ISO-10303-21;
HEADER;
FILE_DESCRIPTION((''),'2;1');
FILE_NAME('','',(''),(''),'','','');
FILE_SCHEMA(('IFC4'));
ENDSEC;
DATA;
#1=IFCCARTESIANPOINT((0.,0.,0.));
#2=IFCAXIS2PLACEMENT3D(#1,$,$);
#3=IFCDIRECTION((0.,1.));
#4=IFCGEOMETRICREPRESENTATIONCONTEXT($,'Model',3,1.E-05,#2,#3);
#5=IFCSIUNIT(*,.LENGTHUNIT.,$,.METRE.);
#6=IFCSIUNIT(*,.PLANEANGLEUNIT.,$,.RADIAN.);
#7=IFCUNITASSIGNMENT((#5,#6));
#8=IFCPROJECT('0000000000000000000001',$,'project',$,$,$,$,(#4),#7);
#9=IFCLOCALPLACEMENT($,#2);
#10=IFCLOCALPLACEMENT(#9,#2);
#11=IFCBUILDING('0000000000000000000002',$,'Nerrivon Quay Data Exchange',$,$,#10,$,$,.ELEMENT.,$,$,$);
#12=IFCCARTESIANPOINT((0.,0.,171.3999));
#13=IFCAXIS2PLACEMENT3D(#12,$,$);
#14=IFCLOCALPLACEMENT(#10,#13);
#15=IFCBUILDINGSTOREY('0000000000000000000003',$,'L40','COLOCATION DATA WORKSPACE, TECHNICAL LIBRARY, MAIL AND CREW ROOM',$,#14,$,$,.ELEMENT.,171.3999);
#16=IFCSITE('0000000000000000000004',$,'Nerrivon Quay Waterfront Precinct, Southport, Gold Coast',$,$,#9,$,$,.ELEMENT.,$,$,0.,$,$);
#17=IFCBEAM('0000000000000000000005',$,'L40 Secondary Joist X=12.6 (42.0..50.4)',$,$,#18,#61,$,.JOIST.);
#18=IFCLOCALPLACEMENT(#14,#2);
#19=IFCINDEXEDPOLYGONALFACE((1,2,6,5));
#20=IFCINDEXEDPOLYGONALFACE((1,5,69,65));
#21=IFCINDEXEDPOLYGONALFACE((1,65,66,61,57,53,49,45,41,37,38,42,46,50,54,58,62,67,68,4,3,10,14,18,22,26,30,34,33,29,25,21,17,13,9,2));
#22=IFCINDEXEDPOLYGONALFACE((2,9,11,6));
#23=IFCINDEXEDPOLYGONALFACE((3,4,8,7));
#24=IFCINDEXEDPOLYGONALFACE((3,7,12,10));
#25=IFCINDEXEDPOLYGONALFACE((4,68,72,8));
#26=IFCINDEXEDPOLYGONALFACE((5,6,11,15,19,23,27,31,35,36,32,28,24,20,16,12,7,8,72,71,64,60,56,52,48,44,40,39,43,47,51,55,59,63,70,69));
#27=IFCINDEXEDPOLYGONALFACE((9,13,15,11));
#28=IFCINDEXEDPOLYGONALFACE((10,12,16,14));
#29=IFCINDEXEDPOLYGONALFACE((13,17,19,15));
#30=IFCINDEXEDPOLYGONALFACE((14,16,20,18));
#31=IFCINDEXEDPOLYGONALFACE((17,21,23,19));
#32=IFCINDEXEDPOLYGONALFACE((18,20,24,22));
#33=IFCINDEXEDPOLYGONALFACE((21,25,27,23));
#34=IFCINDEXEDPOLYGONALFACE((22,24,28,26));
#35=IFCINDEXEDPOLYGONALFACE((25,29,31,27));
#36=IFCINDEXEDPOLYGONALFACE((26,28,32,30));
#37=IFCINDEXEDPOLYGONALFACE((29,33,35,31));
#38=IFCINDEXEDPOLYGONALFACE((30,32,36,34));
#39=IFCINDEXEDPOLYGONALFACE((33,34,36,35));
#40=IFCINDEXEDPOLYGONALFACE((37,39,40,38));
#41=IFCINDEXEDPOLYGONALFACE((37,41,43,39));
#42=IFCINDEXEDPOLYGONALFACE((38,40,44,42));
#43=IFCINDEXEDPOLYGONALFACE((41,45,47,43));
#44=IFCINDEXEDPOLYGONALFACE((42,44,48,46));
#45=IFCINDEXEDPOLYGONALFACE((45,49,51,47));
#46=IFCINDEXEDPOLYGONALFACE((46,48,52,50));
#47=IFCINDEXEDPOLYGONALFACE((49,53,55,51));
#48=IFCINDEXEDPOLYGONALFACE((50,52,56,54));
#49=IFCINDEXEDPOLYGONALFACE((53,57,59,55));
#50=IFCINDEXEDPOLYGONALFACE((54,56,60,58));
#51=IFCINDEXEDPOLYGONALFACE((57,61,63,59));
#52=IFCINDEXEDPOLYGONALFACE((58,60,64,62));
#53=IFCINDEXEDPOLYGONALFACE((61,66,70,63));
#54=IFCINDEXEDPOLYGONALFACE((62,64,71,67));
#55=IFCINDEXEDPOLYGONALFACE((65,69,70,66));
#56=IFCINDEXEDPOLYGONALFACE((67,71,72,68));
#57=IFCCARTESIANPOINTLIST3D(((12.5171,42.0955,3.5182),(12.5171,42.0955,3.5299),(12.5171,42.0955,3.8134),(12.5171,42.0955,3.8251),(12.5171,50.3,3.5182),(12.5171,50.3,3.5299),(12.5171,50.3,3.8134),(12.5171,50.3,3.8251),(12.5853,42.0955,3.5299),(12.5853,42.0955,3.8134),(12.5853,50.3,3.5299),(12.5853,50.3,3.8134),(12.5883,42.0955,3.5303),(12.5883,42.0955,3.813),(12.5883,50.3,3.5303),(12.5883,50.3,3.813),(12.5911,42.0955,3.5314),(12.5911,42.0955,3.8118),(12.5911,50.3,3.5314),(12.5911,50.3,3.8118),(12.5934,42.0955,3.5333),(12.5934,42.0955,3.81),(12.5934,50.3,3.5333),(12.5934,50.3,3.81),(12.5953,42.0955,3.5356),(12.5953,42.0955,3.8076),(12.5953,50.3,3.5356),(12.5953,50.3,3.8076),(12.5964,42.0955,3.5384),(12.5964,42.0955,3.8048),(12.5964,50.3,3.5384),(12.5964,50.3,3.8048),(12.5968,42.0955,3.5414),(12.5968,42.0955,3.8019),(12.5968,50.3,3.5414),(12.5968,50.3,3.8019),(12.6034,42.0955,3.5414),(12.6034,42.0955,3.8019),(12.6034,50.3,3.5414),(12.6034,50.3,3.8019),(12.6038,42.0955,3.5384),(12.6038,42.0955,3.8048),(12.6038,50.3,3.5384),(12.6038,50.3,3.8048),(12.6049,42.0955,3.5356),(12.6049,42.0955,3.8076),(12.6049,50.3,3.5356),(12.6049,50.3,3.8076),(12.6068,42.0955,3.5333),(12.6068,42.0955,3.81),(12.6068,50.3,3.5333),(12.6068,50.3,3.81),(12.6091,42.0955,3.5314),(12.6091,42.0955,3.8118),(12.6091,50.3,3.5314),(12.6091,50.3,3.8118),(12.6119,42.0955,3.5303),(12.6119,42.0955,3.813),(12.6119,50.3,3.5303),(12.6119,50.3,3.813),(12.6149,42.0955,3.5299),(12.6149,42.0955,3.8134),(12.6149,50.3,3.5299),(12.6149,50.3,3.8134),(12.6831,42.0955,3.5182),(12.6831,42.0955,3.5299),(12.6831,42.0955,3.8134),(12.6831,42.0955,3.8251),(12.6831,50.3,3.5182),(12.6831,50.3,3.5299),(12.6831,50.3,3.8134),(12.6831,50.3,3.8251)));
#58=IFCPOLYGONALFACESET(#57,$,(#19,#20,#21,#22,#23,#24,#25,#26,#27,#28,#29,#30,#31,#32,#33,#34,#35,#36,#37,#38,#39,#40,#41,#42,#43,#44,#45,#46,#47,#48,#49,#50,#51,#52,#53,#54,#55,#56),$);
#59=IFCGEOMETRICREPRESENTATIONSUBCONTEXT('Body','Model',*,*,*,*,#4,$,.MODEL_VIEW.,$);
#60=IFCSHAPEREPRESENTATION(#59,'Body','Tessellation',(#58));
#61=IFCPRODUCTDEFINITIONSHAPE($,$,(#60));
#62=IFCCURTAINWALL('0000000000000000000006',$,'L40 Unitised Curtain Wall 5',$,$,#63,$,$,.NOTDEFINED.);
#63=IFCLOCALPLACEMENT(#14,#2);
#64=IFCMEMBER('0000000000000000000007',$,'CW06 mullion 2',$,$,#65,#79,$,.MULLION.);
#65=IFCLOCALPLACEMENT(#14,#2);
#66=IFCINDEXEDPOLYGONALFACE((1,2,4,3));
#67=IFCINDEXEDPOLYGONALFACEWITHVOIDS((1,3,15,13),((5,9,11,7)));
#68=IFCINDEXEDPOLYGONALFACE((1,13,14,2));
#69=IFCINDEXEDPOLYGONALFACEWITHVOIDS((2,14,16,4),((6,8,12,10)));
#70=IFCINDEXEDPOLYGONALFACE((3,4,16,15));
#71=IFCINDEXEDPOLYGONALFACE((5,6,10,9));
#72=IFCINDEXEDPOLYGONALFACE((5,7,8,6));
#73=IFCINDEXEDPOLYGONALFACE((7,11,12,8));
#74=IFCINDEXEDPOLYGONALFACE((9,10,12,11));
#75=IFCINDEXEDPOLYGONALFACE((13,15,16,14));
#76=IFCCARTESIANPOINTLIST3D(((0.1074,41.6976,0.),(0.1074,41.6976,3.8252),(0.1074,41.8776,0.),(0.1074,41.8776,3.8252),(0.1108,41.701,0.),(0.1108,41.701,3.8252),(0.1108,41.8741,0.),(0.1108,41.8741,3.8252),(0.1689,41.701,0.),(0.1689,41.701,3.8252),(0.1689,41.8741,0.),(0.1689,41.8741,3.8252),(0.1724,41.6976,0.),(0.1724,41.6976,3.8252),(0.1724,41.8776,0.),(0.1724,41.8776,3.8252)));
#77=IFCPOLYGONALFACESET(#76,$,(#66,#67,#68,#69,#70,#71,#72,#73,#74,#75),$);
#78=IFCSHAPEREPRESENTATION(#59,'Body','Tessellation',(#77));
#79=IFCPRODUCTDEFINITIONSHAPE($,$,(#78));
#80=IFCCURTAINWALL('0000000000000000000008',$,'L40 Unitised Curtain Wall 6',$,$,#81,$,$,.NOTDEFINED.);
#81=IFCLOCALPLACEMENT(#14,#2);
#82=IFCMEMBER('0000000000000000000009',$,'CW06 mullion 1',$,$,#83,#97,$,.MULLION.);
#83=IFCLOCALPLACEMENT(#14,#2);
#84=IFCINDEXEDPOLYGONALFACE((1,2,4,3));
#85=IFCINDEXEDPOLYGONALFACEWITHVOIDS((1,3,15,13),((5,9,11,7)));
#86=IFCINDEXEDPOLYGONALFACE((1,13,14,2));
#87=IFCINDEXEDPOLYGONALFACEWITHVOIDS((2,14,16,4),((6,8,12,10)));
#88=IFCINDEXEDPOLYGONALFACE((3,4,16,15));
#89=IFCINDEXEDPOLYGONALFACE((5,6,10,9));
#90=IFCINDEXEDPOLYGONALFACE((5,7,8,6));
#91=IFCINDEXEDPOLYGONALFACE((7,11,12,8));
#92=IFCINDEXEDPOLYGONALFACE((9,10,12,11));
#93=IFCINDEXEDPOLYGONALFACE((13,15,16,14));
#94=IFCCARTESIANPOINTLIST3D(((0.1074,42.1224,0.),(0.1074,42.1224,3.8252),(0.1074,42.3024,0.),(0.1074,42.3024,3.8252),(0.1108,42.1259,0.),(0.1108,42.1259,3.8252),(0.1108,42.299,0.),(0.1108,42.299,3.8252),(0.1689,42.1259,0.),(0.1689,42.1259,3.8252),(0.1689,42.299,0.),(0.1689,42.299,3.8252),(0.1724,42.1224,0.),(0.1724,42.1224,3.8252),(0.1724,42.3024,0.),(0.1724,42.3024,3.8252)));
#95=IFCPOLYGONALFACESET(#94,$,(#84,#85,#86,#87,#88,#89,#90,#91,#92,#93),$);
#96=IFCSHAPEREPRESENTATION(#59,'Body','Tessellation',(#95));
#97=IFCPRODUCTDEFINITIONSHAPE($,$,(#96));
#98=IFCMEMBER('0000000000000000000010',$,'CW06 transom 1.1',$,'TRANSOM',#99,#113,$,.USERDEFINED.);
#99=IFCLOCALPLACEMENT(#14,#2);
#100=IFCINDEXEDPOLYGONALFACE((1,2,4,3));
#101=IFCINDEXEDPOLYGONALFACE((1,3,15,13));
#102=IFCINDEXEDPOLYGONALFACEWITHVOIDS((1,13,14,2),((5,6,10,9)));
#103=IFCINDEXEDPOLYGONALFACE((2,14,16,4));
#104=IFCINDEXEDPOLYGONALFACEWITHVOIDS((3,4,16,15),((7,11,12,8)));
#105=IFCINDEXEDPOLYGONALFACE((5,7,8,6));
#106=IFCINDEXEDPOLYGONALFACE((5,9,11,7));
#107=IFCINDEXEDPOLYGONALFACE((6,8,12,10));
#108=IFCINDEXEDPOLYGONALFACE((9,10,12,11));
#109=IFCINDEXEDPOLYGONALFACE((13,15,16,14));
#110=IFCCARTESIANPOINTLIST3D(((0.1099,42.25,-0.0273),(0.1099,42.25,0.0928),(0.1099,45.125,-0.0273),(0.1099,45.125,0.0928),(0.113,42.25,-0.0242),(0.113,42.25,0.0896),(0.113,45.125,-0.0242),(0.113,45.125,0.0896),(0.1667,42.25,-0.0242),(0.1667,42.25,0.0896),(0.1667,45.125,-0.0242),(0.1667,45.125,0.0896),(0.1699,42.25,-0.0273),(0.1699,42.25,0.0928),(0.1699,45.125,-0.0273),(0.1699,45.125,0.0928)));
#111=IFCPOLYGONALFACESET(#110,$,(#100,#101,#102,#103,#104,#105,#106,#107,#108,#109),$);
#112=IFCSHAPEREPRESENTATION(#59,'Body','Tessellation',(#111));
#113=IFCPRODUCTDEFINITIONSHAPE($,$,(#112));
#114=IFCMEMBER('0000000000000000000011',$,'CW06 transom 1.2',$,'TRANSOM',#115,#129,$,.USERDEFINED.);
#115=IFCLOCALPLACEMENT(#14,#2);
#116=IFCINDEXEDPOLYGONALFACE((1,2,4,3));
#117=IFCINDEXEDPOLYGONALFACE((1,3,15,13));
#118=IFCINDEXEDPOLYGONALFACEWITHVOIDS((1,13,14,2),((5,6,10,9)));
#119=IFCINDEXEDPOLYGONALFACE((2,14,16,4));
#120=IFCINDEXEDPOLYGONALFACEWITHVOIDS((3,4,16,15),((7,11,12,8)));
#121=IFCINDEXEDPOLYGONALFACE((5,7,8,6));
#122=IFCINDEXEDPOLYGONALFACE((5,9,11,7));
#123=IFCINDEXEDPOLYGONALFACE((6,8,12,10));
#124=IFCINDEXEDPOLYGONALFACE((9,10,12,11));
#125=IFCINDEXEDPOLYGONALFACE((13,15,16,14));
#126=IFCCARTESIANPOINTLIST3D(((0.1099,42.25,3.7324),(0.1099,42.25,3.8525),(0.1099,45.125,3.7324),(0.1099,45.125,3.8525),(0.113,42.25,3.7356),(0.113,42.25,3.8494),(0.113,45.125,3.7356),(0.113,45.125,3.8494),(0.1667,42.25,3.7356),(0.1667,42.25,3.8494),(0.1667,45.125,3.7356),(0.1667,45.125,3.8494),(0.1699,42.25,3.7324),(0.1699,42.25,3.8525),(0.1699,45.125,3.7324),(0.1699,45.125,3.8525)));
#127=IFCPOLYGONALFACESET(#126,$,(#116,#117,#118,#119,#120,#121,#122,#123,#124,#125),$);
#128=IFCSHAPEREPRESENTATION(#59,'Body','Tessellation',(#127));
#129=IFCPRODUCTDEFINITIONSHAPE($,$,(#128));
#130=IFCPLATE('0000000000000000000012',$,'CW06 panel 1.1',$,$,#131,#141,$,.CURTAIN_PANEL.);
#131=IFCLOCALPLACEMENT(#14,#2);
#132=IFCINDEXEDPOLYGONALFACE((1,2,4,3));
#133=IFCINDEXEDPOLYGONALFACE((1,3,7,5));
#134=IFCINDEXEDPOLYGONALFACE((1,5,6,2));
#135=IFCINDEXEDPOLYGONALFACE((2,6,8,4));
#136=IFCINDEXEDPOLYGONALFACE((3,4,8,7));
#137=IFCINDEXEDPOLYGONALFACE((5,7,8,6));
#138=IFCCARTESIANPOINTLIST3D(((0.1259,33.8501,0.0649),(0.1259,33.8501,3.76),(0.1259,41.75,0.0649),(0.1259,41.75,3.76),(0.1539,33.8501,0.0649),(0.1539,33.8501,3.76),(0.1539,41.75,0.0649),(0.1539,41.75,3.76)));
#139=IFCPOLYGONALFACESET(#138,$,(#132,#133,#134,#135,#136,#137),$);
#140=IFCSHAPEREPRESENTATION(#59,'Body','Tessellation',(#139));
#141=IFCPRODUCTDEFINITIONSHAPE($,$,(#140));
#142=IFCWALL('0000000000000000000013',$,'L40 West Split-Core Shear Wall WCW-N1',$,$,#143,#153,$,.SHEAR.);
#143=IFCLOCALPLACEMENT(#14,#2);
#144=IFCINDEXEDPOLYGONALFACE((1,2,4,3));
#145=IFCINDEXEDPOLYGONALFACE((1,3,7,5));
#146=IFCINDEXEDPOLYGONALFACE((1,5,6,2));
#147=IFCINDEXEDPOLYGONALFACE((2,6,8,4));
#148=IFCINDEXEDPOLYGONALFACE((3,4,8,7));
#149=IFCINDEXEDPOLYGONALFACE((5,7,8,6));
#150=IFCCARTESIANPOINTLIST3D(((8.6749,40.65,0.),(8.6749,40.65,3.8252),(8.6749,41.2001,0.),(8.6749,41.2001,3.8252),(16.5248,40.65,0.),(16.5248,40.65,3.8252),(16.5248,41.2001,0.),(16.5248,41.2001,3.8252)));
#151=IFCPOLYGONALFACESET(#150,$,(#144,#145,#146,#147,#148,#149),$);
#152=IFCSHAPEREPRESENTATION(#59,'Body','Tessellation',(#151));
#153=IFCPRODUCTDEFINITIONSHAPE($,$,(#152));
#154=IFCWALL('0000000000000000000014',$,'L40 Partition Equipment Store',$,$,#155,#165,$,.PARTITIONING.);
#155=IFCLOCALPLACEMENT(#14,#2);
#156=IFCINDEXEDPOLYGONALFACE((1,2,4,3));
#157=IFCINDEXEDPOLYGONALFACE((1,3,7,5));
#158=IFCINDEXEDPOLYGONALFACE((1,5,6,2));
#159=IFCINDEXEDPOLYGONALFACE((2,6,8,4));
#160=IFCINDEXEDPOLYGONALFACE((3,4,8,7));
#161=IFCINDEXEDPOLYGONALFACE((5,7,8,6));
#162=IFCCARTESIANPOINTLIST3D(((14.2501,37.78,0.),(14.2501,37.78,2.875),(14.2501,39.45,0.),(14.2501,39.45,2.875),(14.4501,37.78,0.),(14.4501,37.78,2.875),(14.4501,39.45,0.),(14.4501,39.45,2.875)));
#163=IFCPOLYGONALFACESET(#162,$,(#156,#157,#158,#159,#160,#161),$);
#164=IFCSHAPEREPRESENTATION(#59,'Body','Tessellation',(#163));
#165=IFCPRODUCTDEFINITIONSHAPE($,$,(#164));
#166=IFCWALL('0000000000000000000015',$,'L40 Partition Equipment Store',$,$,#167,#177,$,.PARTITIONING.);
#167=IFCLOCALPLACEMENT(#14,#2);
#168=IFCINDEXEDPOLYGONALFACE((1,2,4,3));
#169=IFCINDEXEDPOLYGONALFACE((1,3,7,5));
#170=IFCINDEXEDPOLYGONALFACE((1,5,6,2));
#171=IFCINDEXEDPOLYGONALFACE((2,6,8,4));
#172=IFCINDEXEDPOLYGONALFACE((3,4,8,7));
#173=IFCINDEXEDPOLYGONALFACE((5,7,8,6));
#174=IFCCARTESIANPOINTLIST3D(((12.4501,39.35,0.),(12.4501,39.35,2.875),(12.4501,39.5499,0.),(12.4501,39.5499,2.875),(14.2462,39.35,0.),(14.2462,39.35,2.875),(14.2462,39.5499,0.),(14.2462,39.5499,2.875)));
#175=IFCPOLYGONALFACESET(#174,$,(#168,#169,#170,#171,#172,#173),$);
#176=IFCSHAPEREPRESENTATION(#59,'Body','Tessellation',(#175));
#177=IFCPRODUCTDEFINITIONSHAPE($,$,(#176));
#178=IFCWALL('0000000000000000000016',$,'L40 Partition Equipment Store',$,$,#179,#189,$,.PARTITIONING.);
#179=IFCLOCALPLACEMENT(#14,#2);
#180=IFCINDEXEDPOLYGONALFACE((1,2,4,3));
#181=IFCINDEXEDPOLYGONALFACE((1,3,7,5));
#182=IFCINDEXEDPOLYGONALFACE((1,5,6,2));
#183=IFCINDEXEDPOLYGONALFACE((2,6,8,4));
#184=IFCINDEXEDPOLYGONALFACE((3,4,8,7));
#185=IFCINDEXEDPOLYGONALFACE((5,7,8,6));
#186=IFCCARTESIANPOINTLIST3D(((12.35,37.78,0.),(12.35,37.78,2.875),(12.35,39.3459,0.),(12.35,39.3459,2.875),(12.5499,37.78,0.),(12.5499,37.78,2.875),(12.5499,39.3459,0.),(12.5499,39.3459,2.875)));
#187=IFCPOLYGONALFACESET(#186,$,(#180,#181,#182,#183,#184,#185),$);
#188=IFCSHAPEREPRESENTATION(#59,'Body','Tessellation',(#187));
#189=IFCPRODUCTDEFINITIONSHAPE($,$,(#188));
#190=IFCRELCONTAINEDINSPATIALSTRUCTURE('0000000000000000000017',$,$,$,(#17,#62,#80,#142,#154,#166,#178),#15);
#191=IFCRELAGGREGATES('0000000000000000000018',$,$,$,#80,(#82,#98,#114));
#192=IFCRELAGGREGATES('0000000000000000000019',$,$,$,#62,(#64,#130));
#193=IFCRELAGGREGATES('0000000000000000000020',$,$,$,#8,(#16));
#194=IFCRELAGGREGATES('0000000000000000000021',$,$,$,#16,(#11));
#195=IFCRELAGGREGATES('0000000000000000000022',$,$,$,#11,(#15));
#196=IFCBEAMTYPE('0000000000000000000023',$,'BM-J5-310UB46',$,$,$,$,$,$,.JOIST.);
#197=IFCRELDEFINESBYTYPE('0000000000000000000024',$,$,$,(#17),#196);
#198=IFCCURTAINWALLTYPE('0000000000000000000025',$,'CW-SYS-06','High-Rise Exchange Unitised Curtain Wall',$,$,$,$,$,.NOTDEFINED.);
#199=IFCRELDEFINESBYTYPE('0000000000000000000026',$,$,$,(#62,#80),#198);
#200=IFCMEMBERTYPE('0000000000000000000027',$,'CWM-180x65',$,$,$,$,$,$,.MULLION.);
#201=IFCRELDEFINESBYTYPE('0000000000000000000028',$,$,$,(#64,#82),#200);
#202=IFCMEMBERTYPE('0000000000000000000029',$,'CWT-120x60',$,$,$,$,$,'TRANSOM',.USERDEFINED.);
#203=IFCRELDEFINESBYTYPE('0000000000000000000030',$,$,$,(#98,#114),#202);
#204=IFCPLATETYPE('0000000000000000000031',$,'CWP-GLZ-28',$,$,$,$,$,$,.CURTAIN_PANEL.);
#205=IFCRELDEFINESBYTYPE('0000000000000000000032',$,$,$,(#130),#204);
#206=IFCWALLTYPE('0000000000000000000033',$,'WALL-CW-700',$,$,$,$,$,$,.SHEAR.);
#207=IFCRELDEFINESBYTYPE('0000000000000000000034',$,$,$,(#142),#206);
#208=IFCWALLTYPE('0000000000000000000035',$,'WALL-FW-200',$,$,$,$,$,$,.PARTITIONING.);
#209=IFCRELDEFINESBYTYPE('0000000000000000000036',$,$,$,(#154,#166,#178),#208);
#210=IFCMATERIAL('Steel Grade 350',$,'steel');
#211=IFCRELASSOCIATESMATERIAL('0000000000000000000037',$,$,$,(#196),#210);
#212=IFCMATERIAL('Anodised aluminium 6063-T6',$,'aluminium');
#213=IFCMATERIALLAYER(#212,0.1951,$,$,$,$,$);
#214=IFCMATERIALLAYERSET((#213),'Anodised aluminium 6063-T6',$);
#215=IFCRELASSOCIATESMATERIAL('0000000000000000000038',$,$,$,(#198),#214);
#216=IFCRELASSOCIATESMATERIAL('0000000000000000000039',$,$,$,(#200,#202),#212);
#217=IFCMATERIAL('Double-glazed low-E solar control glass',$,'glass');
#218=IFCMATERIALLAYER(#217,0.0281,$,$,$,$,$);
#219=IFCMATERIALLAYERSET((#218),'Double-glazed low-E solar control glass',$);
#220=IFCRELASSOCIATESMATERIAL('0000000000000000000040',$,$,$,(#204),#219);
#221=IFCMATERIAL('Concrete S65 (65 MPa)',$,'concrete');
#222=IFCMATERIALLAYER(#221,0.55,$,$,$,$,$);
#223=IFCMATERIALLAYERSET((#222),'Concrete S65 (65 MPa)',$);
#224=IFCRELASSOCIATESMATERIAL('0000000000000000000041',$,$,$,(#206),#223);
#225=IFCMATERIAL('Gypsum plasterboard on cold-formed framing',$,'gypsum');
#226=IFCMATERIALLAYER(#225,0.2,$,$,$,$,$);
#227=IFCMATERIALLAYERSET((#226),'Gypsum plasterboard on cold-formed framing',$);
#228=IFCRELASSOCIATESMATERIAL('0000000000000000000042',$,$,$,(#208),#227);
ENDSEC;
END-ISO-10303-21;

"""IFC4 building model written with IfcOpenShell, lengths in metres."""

from ifc_helpers import new_model, si_unit, direction, frame, frame_2d, origin, origin_2d, place, context, subcontext, project, spatial, rectangle, hollow_rectangle, i_section, extrude, material, layer, layer_set, material_profile, profile_set, type_object, element, aggregate, save


model = new_model("IFC4")

# Units and contexts
model_context = context("Model", 3, precision=1e-05, world=origin(), true_north=direction((0.0, 1.0)))
body_context = subcontext(model_context, "Body", "Model", "MODEL_VIEW")
ifc_project = project(units=[si_unit("LENGTHUNIT", "METRE"), si_unit("PLANEANGLEUNIT", "RADIAN")], contexts=[model_context])

# Site, building, storey
site_placement = place(None, origin())
site = spatial("IfcSite", under=ifc_project, at=site_placement, Name="Nerrivon Quay Waterfront Precinct, Southport, Gold Coast", CompositionType="ELEMENT", RefElevation=0.0)
building_placement = place(site_placement, origin())
building = spatial("IfcBuilding", under=site, at=building_placement, Name="Nerrivon Quay Data Exchange", CompositionType="ELEMENT")
storey_placement = place(building_placement, frame((0.0, 0.0, 171.3999)))
storey = spatial("IfcBuildingStorey", under=building, at=storey_placement, Name="L40", Description="COLOCATION DATA WORKSPACE, TECHNICAL LIBRARY, MAIL AND CREW ROOM", CompositionType="ELEMENT", Elevation=171.3999)

# Shared definitions
ifc_material_1 = material(Name="Concrete S65 (65 MPa)", Category="concrete")
ifc_material_2 = material(Name="Steel Grade 350", Category="steel")

# Beam
ifc_material_profile_1 = material_profile(ifc_material_2, i_section(OverallWidth=0.166, OverallDepth=0.3069, WebThickness=0.0066, FlangeThickness=0.0117, FilletRadius=0.0115, at=origin_2d()), Name="310UB46.2")
ifc_profile_set_1 = profile_set([ifc_material_profile_1], Name="Steel Grade 350")
beam_type_1 = type_object("IfcBeamType", Name="BM-J5-310UB46", PredefinedType="JOIST", material=ifc_profile_set_1)
beam_1_placement = place(storey_placement, frame((12.6001, 42.0955, 3.6716), z_axis=(0.0, 1.0, 0.0), x_axis=(-1.0, 0.0, 0.0)))
element("IfcBeam", 1, at=beam_1_placement, inside=storey, type_object=beam_type_1, Name="L40 Secondary Joist X=12.6 (42.0..50.4)", PredefinedType="JOIST", context=body_context, shape_type="SweptSolid", body=[
    extrude(i_section(OverallWidth=0.166, OverallDepth=0.3069, WebThickness=0.0066, FlangeThickness=0.0117, FilletRadius=0.0115, at=origin_2d()), origin(), (0.0, 0.0, 1.0), 8.2046),
])

# Curtain wall, member
ifc_material_3 = material(Name="Anodised aluminium 6063-T6", Category="aluminium")
ifc_layer_1 = layer(ifc_material_3, 0.1951)
ifc_layer_set_1 = layer_set([ifc_layer_1], Name="Anodised aluminium 6063-T6")
curtain_wall_type = type_object("IfcCurtainWallType", Name="CW-SYS-06", Description="High-Rise Exchange Unitised Curtain Wall", PredefinedType="NOTDEFINED", material=ifc_layer_set_1)
curtain_wall_1_placement = place(storey_placement, origin())
curtain_wall_1 = element("IfcCurtainWall", 2, at=curtain_wall_1_placement, inside=storey, type_object=curtain_wall_type, Name="L40 Unitised Curtain Wall 5", PredefinedType="NOTDEFINED")
ifc_material_profile_2 = material_profile(ifc_material_3, hollow_rectangle(XDim=0.0649, YDim=0.1799, WallThickness=0.0034, at=origin_2d()), Name="ALU-MULL-180x65")
ifc_profile_set_2 = profile_set([ifc_material_profile_2], Name="Anodised aluminium 6063-T6")
member_type_1 = type_object("IfcMemberType", Name="CWM-180x65", PredefinedType="MULLION", material=ifc_profile_set_2)
member_1_placement = place(storey_placement, frame((0.1399, 41.7876, 0.0), z_axis=(0.0, 0.0, 1.0), x_axis=(-1.0, 0.0, 0.0)))
member_1 = element("IfcMember", 3, at=member_1_placement, type_object=member_type_1, Name="CW06 mullion 2", PredefinedType="MULLION", context=body_context, shape_type="SweptSolid", body=[
    extrude(hollow_rectangle(XDim=0.0649, YDim=0.1799, WallThickness=0.0034, at=origin_2d()), origin(), (0.0, 0.0, 1.0), 3.8252),
])

# Curtain wall, members
curtain_wall_2_placement = place(storey_placement, origin())
curtain_wall_2 = element("IfcCurtainWall", 4, at=curtain_wall_2_placement, inside=storey, type_object=curtain_wall_type, Name="L40 Unitised Curtain Wall 6", PredefinedType="NOTDEFINED")
member_2_placement = place(storey_placement, frame((0.1399, 42.2124, 0.0), z_axis=(0.0, 0.0, 1.0), x_axis=(-1.0, 0.0, 0.0)))
member_2 = element("IfcMember", 5, at=member_2_placement, type_object=member_type_1, Name="CW06 mullion 1", PredefinedType="MULLION", context=body_context, shape_type="SweptSolid", body=[
    extrude(hollow_rectangle(XDim=0.0649, YDim=0.1799, WallThickness=0.0034, at=origin_2d()), origin(), (0.0, 0.0, 1.0), 3.8252),
])
ifc_material_profile_3 = material_profile(ifc_material_3, hollow_rectangle(XDim=0.0601, YDim=0.1201, WallThickness=0.0032, at=origin_2d()), Name="ALU-TRAN-120x60")
ifc_profile_set_3 = profile_set([ifc_material_profile_3], Name="Anodised aluminium 6063-T6")
member_type_2 = type_object("IfcMemberType", Name="CWT-120x60", ElementType="TRANSOM", PredefinedType="USERDEFINED", material=ifc_profile_set_3)
member_3_placement = place(storey_placement, frame((0.1399, 42.25, 0.0327), z_axis=(0.0, 1.0, 0.0), x_axis=(-1.0, 0.0, 0.0)))
member_3 = element("IfcMember", 6, at=member_3_placement, type_object=member_type_2, Name="CW06 transom 1.1", ObjectType="TRANSOM", PredefinedType="USERDEFINED", context=body_context, shape_type="SweptSolid", body=[
    extrude(hollow_rectangle(XDim=0.0601, YDim=0.1201, WallThickness=0.0032, at=origin_2d()), origin(), (0.0, 0.0, 1.0), 2.875),
])
member_4_placement = place(storey_placement, frame((0.1399, 42.25, 3.7925), z_axis=(0.0, 1.0, 0.0), x_axis=(-1.0, 0.0, 0.0)))
member_4 = element("IfcMember", 7, at=member_4_placement, type_object=member_type_2, Name="CW06 transom 1.2", ObjectType="TRANSOM", PredefinedType="USERDEFINED", context=body_context, shape_type="SweptSolid", body=[
    extrude(hollow_rectangle(XDim=0.0601, YDim=0.1201, WallThickness=0.0032, at=origin_2d()), origin(), (0.0, 0.0, 1.0), 2.875),
])
aggregate(curtain_wall_2, [member_2, member_3, member_4])

# Plate
ifc_material_4 = material(Name="Double-glazed low-E solar control glass", Category="glass")
ifc_layer_2 = layer(ifc_material_4, 0.0281)
ifc_layer_set_2 = layer_set([ifc_layer_2], Name="Double-glazed low-E solar control glass")
plate_type = type_object("IfcPlateType", Name="CWP-GLZ-28", PredefinedType="CURTAIN_PANEL", material=ifc_layer_set_2)
plate_placement = place(storey_placement, frame((0.1399, 37.8, 0.0649), z_axis=(0.0, 0.0, 1.0), x_axis=(0.0, 1.0, 0.0)))
plate = element("IfcPlate", 8, at=plate_placement, type_object=plate_type, Name="CW06 panel 1.1", PredefinedType="CURTAIN_PANEL", context=body_context, shape_type="SweptSolid", body=[
    extrude(rectangle(XDim=7.8999, YDim=0.0281, at=origin_2d()), origin(), (0.0, 0.0, 1.0), 3.6951),
])
aggregate(curtain_wall_1, [member_1, plate])

# Walls
ifc_layer_3 = layer(ifc_material_1, 0.55)
ifc_layer_set_3 = layer_set([ifc_layer_3], Name="Concrete S65 (65 MPa)")
wall_type_1 = type_object("IfcWallType", Name="WALL-CW-700", PredefinedType="SHEAR", material=ifc_layer_set_3)
wall_1_placement = place(storey_placement, frame((8.675, 40.925, 0.0), z_axis=(0.0, 0.0, 1.0), x_axis=(1.0, 0.0, 0.0)))
element("IfcWall", 9, at=wall_1_placement, inside=storey, type_object=wall_type_1, Name="L40 West Split-Core Shear Wall WCW-N1", PredefinedType="SHEAR", context=body_context, shape_type="SweptSolid", body=[
    extrude(rectangle(XDim=7.8499, YDim=0.55, at=frame_2d((3.9248, 0.0))), origin(), (0.0, 0.0, 1.0), 3.8252),
])
ifc_material_5 = material(Name="Gypsum plasterboard on cold-formed framing", Category="gypsum")
ifc_layer_4 = layer(ifc_material_5, 0.2)
ifc_layer_set_4 = layer_set([ifc_layer_4], Name="Gypsum plasterboard on cold-formed framing")
wall_type_2 = type_object("IfcWallType", Name="WALL-FW-200", PredefinedType="PARTITIONING", material=ifc_layer_set_4)
wall_2_placement = place(storey_placement, frame((14.3501, 37.78, 0.0), z_axis=(0.0, 0.0, 1.0), x_axis=(0.0, 1.0, 0.0)))
element("IfcWall", 10, at=wall_2_placement, inside=storey, type_object=wall_type_2, Name="L40 Partition Equipment Store", PredefinedType="PARTITIONING", context=body_context, shape_type="SweptSolid", body=[
    extrude(rectangle(XDim=1.6699, YDim=0.2, at=frame_2d((0.835, 0.0))), origin(), (0.0, 0.0, 1.0), 2.875),
])
wall_3_placement = place(storey_placement, frame((14.2461, 39.45, 0.0), z_axis=(0.0, 0.0, 1.0), x_axis=(-1.0, 0.0, 0.0)))
element("IfcWall", 11, at=wall_3_placement, inside=storey, type_object=wall_type_2, Name="L40 Partition Equipment Store", PredefinedType="PARTITIONING", context=body_context, shape_type="SweptSolid", body=[
    extrude(rectangle(XDim=1.7961, YDim=0.2, at=frame_2d((0.8979, 0.0))), origin(), (0.0, 0.0, 1.0), 2.875),
])
wall_4_placement = place(storey_placement, frame((12.45, 39.3459, 0.0), z_axis=(0.0, 0.0, 1.0), x_axis=(0.0, -1.0, 0.0)))
element("IfcWall", 12, at=wall_4_placement, inside=storey, type_object=wall_type_2, Name="L40 Partition Equipment Store", PredefinedType="PARTITIONING", context=body_context, shape_type="SweptSolid", body=[
    extrude(rectangle(XDim=1.5659, YDim=0.2, at=frame_2d((0.783, 0.0))), origin(), (0.0, 0.0, 1.0), 2.875),
])

save(model, "model.ifc")
